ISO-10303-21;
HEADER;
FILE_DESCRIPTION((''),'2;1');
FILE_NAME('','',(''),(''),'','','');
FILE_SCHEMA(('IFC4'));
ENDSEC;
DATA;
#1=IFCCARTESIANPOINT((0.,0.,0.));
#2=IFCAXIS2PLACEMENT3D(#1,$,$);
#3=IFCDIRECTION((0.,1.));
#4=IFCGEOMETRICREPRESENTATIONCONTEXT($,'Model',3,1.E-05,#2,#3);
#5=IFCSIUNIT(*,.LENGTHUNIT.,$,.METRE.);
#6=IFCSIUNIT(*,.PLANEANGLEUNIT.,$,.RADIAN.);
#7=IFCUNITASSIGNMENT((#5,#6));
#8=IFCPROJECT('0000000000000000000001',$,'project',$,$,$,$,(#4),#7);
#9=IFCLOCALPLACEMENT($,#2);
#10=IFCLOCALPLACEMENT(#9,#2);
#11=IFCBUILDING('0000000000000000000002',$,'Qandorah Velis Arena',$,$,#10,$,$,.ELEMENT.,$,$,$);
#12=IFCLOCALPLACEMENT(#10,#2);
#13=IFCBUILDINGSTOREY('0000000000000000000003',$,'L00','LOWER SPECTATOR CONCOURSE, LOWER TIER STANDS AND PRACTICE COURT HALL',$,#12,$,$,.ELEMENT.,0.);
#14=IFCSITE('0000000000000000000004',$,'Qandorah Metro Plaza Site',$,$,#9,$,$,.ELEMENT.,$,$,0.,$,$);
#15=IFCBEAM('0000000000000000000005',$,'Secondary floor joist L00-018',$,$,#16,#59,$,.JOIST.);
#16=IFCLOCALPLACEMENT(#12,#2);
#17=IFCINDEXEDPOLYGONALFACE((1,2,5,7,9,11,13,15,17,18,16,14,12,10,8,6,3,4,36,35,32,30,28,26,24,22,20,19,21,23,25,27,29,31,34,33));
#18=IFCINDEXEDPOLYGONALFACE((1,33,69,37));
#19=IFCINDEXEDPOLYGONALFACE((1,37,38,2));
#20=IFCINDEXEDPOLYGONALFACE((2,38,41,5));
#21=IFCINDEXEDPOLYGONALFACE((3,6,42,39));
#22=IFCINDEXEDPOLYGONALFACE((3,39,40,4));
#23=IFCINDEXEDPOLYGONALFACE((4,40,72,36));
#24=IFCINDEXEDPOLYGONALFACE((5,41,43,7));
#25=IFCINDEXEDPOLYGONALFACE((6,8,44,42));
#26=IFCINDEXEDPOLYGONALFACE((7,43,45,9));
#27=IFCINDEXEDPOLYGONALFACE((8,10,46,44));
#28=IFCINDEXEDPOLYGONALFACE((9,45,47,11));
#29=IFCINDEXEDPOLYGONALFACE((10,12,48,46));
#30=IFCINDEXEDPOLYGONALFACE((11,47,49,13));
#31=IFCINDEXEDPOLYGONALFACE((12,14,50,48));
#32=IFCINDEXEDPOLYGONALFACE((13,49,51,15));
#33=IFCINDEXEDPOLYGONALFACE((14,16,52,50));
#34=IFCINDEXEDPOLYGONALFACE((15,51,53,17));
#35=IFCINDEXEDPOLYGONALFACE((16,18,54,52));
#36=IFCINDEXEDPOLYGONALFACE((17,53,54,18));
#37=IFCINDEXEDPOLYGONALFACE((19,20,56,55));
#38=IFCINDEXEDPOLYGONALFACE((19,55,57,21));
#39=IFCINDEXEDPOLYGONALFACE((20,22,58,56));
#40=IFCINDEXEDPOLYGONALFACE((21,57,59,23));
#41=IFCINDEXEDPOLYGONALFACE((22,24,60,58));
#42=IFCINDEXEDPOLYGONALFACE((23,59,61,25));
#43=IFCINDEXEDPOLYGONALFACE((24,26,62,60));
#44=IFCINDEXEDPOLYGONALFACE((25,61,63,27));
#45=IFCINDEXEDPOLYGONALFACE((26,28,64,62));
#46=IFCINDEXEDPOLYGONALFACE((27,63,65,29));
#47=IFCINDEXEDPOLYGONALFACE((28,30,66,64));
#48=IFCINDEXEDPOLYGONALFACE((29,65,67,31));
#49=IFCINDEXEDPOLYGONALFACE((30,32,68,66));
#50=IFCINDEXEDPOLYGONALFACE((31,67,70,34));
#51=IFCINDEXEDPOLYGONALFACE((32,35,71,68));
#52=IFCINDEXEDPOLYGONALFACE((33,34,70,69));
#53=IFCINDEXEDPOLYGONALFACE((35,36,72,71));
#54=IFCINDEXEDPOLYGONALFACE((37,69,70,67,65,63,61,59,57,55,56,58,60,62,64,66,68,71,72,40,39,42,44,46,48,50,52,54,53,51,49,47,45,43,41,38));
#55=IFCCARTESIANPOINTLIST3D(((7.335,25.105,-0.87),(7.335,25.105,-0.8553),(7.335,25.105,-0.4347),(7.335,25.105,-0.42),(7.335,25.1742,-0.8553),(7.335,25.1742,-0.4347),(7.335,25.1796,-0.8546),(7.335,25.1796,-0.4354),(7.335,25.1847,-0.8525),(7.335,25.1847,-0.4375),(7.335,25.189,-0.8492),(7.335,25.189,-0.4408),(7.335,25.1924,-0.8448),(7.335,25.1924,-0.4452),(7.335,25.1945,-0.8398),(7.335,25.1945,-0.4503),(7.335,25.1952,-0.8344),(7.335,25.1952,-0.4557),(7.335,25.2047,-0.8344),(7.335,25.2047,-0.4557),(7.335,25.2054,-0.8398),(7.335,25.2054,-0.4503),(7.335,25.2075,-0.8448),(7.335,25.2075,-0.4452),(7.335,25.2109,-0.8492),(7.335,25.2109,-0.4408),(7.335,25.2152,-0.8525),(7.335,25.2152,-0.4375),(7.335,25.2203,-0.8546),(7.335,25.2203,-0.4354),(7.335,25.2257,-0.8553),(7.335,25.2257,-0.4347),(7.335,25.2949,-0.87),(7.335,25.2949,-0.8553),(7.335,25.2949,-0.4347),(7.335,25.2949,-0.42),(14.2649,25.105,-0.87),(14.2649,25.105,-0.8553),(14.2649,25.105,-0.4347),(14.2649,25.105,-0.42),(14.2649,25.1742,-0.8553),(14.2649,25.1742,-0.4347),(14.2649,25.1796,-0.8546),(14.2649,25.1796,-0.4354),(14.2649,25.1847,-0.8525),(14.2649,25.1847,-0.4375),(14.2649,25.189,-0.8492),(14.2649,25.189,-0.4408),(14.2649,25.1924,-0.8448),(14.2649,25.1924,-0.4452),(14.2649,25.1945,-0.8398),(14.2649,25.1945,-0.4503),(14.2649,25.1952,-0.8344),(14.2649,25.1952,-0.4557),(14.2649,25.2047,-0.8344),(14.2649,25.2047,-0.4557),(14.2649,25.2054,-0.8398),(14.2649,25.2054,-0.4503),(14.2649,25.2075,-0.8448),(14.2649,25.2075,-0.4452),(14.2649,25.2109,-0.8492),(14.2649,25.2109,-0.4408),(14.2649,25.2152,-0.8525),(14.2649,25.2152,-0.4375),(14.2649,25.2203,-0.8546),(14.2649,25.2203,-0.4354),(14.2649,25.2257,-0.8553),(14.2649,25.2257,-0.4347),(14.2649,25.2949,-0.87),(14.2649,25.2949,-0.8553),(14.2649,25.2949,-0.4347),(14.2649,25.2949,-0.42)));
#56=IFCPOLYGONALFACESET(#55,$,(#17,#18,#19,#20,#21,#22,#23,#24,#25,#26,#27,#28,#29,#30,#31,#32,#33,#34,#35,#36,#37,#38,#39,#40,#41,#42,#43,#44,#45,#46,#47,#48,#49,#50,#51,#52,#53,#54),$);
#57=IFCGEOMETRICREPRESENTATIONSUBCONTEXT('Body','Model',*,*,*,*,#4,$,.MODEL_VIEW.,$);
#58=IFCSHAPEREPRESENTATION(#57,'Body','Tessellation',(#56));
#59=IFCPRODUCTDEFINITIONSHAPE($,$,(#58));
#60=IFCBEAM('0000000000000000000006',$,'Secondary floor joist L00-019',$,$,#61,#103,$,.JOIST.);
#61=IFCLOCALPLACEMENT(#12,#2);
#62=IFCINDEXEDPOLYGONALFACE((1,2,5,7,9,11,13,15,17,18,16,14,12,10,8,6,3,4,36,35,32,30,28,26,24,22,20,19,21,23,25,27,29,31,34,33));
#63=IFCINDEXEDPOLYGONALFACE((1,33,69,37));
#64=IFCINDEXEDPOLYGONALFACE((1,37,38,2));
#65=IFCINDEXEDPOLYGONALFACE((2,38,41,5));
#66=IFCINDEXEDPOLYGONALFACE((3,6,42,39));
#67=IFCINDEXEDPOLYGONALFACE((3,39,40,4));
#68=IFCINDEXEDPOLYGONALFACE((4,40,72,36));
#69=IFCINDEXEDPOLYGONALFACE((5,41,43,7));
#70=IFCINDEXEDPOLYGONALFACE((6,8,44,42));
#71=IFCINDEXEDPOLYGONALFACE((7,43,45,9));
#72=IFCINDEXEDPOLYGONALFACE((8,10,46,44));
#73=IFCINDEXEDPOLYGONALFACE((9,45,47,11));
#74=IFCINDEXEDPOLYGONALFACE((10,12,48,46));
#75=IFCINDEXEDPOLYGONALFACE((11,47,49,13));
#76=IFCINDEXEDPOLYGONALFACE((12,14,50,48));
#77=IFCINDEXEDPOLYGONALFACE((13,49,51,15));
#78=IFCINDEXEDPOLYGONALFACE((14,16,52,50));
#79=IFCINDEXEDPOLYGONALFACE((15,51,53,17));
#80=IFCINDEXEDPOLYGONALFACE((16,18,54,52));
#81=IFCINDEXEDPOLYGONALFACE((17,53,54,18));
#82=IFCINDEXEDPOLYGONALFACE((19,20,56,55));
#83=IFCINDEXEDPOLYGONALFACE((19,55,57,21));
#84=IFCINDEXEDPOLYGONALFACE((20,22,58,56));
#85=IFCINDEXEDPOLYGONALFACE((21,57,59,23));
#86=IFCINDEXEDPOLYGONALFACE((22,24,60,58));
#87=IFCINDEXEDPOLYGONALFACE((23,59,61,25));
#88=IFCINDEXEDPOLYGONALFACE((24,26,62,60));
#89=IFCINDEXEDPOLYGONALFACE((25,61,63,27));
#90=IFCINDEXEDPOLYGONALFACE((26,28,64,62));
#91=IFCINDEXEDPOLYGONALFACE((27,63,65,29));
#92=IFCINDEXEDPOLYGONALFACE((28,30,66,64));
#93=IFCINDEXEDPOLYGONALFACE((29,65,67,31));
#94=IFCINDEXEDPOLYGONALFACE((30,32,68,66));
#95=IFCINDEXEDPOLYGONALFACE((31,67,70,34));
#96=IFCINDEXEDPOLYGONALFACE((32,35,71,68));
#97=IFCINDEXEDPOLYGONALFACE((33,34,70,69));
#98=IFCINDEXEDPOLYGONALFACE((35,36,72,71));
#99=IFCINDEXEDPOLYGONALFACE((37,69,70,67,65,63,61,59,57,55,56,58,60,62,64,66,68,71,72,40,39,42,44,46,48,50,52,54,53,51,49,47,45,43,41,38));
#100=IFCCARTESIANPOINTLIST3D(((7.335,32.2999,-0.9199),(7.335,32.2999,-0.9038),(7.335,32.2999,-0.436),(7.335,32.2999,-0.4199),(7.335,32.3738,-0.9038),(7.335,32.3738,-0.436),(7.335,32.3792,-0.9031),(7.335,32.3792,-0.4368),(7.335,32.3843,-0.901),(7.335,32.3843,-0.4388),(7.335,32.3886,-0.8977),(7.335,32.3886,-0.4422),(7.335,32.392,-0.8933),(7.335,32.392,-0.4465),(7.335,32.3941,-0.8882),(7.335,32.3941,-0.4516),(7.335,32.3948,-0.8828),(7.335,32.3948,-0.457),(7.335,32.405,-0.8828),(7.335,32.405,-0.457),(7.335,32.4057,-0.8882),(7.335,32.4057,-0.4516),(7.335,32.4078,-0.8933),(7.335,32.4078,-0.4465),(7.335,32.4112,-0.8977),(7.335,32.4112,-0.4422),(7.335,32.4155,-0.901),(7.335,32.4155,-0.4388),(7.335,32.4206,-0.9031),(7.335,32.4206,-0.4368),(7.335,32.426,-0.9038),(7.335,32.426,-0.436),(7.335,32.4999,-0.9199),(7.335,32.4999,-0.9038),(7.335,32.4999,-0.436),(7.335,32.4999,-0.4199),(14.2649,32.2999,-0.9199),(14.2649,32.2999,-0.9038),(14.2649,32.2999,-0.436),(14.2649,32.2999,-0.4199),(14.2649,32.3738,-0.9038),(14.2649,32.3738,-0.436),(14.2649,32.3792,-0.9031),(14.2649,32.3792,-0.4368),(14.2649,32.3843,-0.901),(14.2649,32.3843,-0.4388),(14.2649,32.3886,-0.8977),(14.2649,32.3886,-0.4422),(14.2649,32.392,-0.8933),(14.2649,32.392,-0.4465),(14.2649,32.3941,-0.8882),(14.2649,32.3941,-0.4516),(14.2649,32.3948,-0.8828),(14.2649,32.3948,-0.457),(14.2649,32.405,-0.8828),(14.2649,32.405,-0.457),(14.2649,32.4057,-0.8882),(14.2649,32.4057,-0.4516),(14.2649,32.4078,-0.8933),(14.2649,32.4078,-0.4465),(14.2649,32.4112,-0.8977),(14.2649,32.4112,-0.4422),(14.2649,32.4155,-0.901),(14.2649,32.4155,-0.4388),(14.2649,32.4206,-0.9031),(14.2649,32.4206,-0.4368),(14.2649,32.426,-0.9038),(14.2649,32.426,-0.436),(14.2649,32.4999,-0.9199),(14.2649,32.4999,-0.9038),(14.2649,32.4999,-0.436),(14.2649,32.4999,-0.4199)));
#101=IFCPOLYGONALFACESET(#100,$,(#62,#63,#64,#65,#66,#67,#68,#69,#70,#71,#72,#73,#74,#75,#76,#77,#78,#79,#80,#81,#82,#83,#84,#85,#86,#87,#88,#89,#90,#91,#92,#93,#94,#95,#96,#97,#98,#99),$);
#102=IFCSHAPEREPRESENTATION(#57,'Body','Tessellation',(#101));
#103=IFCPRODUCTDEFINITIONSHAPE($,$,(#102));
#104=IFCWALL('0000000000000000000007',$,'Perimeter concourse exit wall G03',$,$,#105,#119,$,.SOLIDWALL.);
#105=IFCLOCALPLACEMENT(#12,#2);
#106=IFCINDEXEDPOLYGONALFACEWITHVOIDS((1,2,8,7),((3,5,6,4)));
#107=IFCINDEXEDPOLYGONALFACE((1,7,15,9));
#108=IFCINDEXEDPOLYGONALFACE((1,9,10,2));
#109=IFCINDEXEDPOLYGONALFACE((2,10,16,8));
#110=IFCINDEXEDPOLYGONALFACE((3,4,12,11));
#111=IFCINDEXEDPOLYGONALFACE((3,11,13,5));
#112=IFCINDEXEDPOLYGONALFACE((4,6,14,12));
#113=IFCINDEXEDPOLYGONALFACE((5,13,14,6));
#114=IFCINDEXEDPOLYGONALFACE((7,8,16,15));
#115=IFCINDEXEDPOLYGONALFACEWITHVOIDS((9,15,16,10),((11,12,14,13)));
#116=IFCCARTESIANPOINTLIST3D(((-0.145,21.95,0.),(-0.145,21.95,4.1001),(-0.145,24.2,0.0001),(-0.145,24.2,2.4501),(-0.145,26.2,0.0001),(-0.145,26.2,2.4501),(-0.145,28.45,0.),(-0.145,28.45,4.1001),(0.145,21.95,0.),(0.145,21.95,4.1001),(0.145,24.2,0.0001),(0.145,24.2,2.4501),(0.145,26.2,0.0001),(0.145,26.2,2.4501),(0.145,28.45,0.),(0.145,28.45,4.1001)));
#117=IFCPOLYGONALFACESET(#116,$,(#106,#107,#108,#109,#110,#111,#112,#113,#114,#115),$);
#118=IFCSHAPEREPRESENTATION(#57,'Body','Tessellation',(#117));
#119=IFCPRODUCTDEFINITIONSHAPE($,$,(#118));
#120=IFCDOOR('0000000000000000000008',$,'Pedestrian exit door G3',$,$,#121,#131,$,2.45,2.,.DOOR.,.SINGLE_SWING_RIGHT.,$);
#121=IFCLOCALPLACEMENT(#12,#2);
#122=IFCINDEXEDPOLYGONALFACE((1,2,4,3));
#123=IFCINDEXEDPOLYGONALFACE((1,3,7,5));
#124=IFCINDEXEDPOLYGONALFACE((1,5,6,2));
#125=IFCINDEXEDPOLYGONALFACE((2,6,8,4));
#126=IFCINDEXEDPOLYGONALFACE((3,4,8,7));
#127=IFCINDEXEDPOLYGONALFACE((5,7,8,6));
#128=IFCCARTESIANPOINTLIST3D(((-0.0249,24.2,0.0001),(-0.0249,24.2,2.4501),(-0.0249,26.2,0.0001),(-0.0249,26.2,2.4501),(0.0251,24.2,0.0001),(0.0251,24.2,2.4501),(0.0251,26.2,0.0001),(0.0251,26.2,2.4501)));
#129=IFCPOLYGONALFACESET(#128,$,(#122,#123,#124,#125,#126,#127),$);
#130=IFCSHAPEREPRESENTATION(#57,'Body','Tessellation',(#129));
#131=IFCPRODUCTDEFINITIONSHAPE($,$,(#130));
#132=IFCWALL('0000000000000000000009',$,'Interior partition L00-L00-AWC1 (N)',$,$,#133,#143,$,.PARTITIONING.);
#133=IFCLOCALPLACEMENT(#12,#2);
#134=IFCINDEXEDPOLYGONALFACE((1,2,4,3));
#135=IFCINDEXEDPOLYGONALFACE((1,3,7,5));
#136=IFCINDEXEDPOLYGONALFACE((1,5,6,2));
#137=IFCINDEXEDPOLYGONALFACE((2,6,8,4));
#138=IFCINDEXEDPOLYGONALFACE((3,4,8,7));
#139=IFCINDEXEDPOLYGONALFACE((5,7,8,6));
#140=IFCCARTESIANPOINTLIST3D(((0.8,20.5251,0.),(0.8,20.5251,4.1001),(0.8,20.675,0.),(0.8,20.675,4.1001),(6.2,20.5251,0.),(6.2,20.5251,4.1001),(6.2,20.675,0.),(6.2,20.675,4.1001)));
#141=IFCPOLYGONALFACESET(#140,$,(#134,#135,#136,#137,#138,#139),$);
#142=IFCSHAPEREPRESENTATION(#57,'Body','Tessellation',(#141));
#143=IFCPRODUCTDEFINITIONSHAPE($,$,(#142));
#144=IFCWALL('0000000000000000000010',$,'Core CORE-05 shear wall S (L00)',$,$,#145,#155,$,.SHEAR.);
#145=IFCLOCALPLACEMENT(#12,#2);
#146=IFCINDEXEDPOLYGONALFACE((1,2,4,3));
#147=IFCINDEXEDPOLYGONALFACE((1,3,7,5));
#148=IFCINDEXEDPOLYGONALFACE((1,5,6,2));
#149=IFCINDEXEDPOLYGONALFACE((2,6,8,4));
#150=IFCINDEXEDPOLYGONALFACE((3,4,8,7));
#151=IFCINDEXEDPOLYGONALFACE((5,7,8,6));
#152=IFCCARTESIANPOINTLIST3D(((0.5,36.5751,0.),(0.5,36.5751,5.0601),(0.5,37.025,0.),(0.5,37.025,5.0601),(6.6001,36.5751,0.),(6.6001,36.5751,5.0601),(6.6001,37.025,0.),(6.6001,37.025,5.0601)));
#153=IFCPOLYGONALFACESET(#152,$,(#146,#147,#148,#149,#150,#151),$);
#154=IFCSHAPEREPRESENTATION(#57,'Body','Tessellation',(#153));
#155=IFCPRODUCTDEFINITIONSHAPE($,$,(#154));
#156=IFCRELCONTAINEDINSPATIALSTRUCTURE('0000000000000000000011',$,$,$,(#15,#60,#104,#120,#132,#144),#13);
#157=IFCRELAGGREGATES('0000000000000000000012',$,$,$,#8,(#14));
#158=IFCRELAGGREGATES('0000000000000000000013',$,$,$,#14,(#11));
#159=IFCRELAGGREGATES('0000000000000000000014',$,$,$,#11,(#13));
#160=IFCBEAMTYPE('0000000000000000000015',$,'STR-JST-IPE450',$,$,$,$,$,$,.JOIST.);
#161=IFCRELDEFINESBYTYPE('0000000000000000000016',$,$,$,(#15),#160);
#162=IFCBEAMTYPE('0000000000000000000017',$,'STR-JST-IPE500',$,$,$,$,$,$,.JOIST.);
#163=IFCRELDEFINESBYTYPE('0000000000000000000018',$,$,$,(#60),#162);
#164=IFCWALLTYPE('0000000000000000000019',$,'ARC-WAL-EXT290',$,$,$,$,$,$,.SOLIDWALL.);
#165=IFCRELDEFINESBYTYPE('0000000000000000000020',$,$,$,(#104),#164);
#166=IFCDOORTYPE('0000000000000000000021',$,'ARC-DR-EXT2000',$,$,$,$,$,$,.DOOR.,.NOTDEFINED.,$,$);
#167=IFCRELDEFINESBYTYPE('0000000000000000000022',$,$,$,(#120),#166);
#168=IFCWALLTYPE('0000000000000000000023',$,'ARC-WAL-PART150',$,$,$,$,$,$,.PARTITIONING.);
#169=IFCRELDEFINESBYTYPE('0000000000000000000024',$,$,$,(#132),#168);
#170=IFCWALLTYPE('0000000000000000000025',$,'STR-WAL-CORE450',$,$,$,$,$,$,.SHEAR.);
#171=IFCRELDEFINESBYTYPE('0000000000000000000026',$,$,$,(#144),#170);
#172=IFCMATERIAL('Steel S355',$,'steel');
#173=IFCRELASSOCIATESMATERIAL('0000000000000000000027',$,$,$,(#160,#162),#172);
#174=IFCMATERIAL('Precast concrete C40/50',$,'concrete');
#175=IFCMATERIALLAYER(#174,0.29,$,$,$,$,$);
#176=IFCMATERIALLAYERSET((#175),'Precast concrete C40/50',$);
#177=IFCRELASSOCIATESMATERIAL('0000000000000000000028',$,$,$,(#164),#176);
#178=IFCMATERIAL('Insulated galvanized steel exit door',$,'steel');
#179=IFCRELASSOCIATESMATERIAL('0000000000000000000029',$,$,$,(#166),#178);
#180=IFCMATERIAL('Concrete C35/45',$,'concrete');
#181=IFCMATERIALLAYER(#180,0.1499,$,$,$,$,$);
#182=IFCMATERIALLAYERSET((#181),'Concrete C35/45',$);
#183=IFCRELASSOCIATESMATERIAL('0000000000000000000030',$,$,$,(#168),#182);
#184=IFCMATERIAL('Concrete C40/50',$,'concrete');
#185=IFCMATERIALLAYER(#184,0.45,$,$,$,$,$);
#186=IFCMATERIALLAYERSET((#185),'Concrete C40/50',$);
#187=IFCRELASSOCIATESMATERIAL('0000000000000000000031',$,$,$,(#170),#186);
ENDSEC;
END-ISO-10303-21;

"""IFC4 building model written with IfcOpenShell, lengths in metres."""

from ifc_helpers import new_model, si_unit, direction, frame, frame_2d, origin, origin_2d, place, context, subcontext, project, spatial, rectangle, i_section, extrude, material, layer, layer_set, material_profile, profile_set, type_object, element, fill, save


model = new_model("IFC4")

# Units and contexts
model_context = context("Model", 3, precision=1e-05, world=origin(), true_north=direction((0.0, 1.0)))
body_context = subcontext(model_context, "Body", "Model", "MODEL_VIEW")
ifc_project = project(units=[si_unit("LENGTHUNIT", "METRE"), si_unit("PLANEANGLEUNIT", "RADIAN")], contexts=[model_context])

# Site, building, storey
site_placement = place(None, origin())
site = spatial("IfcSite", under=ifc_project, at=site_placement, Name="Qandorah Metro Plaza Site", CompositionType="ELEMENT", RefElevation=0.0)
building_placement = place(site_placement, origin())
building = spatial("IfcBuilding", under=site, at=building_placement, Name="Qandorah Velis Arena", CompositionType="ELEMENT")
storey_placement = place(building_placement, origin())
storey = spatial("IfcBuildingStorey", under=building, at=storey_placement, Name="L00", Description="LOWER SPECTATOR CONCOURSE, LOWER TIER STANDS AND PRACTICE COURT HALL", CompositionType="ELEMENT", Elevation=0.0)

# Shared definitions
ifc_material_1 = material(Name="Concrete C40/50", Category="concrete")

# Beams
ifc_material_2 = material(Name="Steel S355", Category="steel")
ifc_material_profile_1 = material_profile(ifc_material_2, i_section(OverallWidth=0.1899, OverallDepth=0.45, WebThickness=0.0095, FlangeThickness=0.0146, FilletRadius=0.021, at=origin_2d()), Name="IPE 450")
ifc_profile_set_1 = profile_set([ifc_material_profile_1], Name="Steel S355")
beam_type_1 = type_object("IfcBeamType", Name="STR-JST-IPE450", PredefinedType="JOIST", material=ifc_profile_set_1)
for number, where, z_axis, x_axis, name in (
    (1, (7.335, 25.2, -0.645), (1.0, 0.0, 0.0), (0.0, 1.0, 0.0), "Secondary floor joist L00-018"),
):
    element("IfcBeam", number, at=place(storey_placement, frame(where, z_axis=z_axis, x_axis=x_axis)), inside=storey, type_object=beam_type_1, Name=name, PredefinedType="JOIST", context=body_context, shape_type="SweptSolid", body=[
        extrude(i_section(OverallWidth=0.1899, OverallDepth=0.45, WebThickness=0.0095, FlangeThickness=0.0146, FilletRadius=0.021, at=origin_2d()), origin(), (0.0, 0.0, 1.0), 6.9299),
    ])
ifc_material_profile_2 = material_profile(ifc_material_2, i_section(OverallWidth=0.2, OverallDepth=0.5, WebThickness=0.0103, FlangeThickness=0.0161, FilletRadius=0.021, at=origin_2d()), Name="IPE 500")
ifc_profile_set_2 = profile_set([ifc_material_profile_2], Name="Steel S355")
beam_type_2 = type_object("IfcBeamType", Name="STR-JST-IPE500", PredefinedType="JOIST", material=ifc_profile_set_2)
beam_1_placement = place(storey_placement, frame((7.335, 32.3999, -0.6699), z_axis=(1.0, 0.0, 0.0), x_axis=(0.0, 1.0, 0.0)))
element("IfcBeam", 2, at=beam_1_placement, inside=storey, type_object=beam_type_2, Name="Secondary floor joist L00-019", PredefinedType="JOIST", context=body_context, shape_type="SweptSolid", body=[
    extrude(i_section(OverallWidth=0.2, OverallDepth=0.5, WebThickness=0.0103, FlangeThickness=0.0161, FilletRadius=0.021, at=origin_2d()), origin(), (0.0, 0.0, 1.0), 6.9299),
])

# Wall, opening, door
ifc_material_3 = material(Name="Precast concrete C40/50", Category="concrete")
ifc_layer_1 = layer(ifc_material_3, 0.29)
ifc_layer_set_1 = layer_set([ifc_layer_1], Name="Precast concrete C40/50")
wall_type_1 = type_object("IfcWallType", Name="ARC-WAL-EXT290", PredefinedType="SOLIDWALL", material=ifc_layer_set_1)
wall_1_placement = place(storey_placement, frame((0.0, 21.95, 0.0), z_axis=(0.0, 0.0, 1.0), x_axis=(0.0, 1.0, 0.0)))
wall_1 = element("IfcWall", 3, at=wall_1_placement, inside=storey, type_object=wall_type_1, Name="Perimeter concourse exit wall G03", PredefinedType="SOLIDWALL", context=body_context, shape_type="SweptSolid", body=[
    extrude(rectangle(XDim=6.5, YDim=0.29, at=frame_2d((3.25, 0.0))), origin(), (0.0, 0.0, 1.0), 4.1001),
])
opening_1_placement = place(wall_1_placement, frame((2.25, 0.0, 0.0)))
opening_1 = element("IfcOpeningElement", 4, at=opening_1_placement, cuts=wall_1, PredefinedType="OPENING", context=body_context, shape_type="SweptSolid", body=[
    extrude(rectangle(XDim=2.0, YDim=2.45, at=frame_2d((1.0, 1.2251))), frame((0.0, 0.155, 0.0), z_axis=(0.0, -1.0, 0.0), x_axis=(1.0, 0.0, 0.0)), (0.0, 0.0, 1.0), 0.3101),
])
ifc_material_4 = material(Name="Insulated galvanized steel exit door", Category="steel")
door_type_1 = type_object("IfcDoorType", Name="ARC-DR-EXT2000", OperationType="NOTDEFINED", PredefinedType="DOOR", material=ifc_material_4)
door_1_placement = place(opening_1_placement, origin())
door_1 = element("IfcDoor", 5, at=door_1_placement, inside=storey, type_object=door_type_1, Name="Pedestrian exit door G3", OperationType="SINGLE_SWING_RIGHT", OverallHeight=2.45, OverallWidth=2.0, PredefinedType="DOOR", context=body_context, shape_type="SweptSolid", body=[
    extrude(rectangle(XDim=2.0, YDim=2.45, at=frame_2d((1.0, 1.2251))), frame((0.0, 0.0249, 0.0), z_axis=(0.0, -1.0, 0.0), x_axis=(1.0, 0.0, 0.0)), (0.0, 0.0, 1.0), 0.05),
])
fill(opening_1, door_1)

# Walls
ifc_material_5 = material(Name="Concrete C35/45", Category="concrete")
ifc_layer_2 = layer(ifc_material_5, 0.1499)
ifc_layer_set_2 = layer_set([ifc_layer_2], Name="Concrete C35/45")
wall_type_2 = type_object("IfcWallType", Name="ARC-WAL-PART150", PredefinedType="PARTITIONING", material=ifc_layer_set_2)
wall_2_placement = place(storey_placement, frame((6.2, 20.6001, 0.0), z_axis=(0.0, 0.0, 1.0), x_axis=(-1.0, 0.0, 0.0)))
element("IfcWall", 6, at=wall_2_placement, inside=storey, type_object=wall_type_2, Name="Interior partition L00-L00-AWC1 (N)", PredefinedType="PARTITIONING", context=body_context, shape_type="SweptSolid", body=[
    extrude(rectangle(XDim=5.3999, YDim=0.1499, at=frame_2d((2.7, 0.0))), origin(), (0.0, 0.0, 1.0), 4.1001),
])
ifc_layer_3 = layer(ifc_material_1, 0.45)
ifc_layer_set_3 = layer_set([ifc_layer_3], Name="Concrete C40/50")
wall_type_3 = type_object("IfcWallType", Name="STR-WAL-CORE450", PredefinedType="SHEAR", material=ifc_layer_set_3)
wall_3_placement = place(storey_placement, frame((0.5, 36.8, 0.0), z_axis=(0.0, 0.0, 1.0), x_axis=(1.0, 0.0, 0.0)))
element("IfcWall", 7, at=wall_3_placement, inside=storey, type_object=wall_type_3, Name="Core CORE-05 shear wall S (L00)", PredefinedType="SHEAR", context=body_context, shape_type="SweptSolid", body=[
    extrude(rectangle(XDim=6.1001, YDim=0.45, at=frame_2d((3.05, 0.0))), origin(), (0.0, 0.0, 1.0), 5.0601),
])

save(model, "model.ifc")
